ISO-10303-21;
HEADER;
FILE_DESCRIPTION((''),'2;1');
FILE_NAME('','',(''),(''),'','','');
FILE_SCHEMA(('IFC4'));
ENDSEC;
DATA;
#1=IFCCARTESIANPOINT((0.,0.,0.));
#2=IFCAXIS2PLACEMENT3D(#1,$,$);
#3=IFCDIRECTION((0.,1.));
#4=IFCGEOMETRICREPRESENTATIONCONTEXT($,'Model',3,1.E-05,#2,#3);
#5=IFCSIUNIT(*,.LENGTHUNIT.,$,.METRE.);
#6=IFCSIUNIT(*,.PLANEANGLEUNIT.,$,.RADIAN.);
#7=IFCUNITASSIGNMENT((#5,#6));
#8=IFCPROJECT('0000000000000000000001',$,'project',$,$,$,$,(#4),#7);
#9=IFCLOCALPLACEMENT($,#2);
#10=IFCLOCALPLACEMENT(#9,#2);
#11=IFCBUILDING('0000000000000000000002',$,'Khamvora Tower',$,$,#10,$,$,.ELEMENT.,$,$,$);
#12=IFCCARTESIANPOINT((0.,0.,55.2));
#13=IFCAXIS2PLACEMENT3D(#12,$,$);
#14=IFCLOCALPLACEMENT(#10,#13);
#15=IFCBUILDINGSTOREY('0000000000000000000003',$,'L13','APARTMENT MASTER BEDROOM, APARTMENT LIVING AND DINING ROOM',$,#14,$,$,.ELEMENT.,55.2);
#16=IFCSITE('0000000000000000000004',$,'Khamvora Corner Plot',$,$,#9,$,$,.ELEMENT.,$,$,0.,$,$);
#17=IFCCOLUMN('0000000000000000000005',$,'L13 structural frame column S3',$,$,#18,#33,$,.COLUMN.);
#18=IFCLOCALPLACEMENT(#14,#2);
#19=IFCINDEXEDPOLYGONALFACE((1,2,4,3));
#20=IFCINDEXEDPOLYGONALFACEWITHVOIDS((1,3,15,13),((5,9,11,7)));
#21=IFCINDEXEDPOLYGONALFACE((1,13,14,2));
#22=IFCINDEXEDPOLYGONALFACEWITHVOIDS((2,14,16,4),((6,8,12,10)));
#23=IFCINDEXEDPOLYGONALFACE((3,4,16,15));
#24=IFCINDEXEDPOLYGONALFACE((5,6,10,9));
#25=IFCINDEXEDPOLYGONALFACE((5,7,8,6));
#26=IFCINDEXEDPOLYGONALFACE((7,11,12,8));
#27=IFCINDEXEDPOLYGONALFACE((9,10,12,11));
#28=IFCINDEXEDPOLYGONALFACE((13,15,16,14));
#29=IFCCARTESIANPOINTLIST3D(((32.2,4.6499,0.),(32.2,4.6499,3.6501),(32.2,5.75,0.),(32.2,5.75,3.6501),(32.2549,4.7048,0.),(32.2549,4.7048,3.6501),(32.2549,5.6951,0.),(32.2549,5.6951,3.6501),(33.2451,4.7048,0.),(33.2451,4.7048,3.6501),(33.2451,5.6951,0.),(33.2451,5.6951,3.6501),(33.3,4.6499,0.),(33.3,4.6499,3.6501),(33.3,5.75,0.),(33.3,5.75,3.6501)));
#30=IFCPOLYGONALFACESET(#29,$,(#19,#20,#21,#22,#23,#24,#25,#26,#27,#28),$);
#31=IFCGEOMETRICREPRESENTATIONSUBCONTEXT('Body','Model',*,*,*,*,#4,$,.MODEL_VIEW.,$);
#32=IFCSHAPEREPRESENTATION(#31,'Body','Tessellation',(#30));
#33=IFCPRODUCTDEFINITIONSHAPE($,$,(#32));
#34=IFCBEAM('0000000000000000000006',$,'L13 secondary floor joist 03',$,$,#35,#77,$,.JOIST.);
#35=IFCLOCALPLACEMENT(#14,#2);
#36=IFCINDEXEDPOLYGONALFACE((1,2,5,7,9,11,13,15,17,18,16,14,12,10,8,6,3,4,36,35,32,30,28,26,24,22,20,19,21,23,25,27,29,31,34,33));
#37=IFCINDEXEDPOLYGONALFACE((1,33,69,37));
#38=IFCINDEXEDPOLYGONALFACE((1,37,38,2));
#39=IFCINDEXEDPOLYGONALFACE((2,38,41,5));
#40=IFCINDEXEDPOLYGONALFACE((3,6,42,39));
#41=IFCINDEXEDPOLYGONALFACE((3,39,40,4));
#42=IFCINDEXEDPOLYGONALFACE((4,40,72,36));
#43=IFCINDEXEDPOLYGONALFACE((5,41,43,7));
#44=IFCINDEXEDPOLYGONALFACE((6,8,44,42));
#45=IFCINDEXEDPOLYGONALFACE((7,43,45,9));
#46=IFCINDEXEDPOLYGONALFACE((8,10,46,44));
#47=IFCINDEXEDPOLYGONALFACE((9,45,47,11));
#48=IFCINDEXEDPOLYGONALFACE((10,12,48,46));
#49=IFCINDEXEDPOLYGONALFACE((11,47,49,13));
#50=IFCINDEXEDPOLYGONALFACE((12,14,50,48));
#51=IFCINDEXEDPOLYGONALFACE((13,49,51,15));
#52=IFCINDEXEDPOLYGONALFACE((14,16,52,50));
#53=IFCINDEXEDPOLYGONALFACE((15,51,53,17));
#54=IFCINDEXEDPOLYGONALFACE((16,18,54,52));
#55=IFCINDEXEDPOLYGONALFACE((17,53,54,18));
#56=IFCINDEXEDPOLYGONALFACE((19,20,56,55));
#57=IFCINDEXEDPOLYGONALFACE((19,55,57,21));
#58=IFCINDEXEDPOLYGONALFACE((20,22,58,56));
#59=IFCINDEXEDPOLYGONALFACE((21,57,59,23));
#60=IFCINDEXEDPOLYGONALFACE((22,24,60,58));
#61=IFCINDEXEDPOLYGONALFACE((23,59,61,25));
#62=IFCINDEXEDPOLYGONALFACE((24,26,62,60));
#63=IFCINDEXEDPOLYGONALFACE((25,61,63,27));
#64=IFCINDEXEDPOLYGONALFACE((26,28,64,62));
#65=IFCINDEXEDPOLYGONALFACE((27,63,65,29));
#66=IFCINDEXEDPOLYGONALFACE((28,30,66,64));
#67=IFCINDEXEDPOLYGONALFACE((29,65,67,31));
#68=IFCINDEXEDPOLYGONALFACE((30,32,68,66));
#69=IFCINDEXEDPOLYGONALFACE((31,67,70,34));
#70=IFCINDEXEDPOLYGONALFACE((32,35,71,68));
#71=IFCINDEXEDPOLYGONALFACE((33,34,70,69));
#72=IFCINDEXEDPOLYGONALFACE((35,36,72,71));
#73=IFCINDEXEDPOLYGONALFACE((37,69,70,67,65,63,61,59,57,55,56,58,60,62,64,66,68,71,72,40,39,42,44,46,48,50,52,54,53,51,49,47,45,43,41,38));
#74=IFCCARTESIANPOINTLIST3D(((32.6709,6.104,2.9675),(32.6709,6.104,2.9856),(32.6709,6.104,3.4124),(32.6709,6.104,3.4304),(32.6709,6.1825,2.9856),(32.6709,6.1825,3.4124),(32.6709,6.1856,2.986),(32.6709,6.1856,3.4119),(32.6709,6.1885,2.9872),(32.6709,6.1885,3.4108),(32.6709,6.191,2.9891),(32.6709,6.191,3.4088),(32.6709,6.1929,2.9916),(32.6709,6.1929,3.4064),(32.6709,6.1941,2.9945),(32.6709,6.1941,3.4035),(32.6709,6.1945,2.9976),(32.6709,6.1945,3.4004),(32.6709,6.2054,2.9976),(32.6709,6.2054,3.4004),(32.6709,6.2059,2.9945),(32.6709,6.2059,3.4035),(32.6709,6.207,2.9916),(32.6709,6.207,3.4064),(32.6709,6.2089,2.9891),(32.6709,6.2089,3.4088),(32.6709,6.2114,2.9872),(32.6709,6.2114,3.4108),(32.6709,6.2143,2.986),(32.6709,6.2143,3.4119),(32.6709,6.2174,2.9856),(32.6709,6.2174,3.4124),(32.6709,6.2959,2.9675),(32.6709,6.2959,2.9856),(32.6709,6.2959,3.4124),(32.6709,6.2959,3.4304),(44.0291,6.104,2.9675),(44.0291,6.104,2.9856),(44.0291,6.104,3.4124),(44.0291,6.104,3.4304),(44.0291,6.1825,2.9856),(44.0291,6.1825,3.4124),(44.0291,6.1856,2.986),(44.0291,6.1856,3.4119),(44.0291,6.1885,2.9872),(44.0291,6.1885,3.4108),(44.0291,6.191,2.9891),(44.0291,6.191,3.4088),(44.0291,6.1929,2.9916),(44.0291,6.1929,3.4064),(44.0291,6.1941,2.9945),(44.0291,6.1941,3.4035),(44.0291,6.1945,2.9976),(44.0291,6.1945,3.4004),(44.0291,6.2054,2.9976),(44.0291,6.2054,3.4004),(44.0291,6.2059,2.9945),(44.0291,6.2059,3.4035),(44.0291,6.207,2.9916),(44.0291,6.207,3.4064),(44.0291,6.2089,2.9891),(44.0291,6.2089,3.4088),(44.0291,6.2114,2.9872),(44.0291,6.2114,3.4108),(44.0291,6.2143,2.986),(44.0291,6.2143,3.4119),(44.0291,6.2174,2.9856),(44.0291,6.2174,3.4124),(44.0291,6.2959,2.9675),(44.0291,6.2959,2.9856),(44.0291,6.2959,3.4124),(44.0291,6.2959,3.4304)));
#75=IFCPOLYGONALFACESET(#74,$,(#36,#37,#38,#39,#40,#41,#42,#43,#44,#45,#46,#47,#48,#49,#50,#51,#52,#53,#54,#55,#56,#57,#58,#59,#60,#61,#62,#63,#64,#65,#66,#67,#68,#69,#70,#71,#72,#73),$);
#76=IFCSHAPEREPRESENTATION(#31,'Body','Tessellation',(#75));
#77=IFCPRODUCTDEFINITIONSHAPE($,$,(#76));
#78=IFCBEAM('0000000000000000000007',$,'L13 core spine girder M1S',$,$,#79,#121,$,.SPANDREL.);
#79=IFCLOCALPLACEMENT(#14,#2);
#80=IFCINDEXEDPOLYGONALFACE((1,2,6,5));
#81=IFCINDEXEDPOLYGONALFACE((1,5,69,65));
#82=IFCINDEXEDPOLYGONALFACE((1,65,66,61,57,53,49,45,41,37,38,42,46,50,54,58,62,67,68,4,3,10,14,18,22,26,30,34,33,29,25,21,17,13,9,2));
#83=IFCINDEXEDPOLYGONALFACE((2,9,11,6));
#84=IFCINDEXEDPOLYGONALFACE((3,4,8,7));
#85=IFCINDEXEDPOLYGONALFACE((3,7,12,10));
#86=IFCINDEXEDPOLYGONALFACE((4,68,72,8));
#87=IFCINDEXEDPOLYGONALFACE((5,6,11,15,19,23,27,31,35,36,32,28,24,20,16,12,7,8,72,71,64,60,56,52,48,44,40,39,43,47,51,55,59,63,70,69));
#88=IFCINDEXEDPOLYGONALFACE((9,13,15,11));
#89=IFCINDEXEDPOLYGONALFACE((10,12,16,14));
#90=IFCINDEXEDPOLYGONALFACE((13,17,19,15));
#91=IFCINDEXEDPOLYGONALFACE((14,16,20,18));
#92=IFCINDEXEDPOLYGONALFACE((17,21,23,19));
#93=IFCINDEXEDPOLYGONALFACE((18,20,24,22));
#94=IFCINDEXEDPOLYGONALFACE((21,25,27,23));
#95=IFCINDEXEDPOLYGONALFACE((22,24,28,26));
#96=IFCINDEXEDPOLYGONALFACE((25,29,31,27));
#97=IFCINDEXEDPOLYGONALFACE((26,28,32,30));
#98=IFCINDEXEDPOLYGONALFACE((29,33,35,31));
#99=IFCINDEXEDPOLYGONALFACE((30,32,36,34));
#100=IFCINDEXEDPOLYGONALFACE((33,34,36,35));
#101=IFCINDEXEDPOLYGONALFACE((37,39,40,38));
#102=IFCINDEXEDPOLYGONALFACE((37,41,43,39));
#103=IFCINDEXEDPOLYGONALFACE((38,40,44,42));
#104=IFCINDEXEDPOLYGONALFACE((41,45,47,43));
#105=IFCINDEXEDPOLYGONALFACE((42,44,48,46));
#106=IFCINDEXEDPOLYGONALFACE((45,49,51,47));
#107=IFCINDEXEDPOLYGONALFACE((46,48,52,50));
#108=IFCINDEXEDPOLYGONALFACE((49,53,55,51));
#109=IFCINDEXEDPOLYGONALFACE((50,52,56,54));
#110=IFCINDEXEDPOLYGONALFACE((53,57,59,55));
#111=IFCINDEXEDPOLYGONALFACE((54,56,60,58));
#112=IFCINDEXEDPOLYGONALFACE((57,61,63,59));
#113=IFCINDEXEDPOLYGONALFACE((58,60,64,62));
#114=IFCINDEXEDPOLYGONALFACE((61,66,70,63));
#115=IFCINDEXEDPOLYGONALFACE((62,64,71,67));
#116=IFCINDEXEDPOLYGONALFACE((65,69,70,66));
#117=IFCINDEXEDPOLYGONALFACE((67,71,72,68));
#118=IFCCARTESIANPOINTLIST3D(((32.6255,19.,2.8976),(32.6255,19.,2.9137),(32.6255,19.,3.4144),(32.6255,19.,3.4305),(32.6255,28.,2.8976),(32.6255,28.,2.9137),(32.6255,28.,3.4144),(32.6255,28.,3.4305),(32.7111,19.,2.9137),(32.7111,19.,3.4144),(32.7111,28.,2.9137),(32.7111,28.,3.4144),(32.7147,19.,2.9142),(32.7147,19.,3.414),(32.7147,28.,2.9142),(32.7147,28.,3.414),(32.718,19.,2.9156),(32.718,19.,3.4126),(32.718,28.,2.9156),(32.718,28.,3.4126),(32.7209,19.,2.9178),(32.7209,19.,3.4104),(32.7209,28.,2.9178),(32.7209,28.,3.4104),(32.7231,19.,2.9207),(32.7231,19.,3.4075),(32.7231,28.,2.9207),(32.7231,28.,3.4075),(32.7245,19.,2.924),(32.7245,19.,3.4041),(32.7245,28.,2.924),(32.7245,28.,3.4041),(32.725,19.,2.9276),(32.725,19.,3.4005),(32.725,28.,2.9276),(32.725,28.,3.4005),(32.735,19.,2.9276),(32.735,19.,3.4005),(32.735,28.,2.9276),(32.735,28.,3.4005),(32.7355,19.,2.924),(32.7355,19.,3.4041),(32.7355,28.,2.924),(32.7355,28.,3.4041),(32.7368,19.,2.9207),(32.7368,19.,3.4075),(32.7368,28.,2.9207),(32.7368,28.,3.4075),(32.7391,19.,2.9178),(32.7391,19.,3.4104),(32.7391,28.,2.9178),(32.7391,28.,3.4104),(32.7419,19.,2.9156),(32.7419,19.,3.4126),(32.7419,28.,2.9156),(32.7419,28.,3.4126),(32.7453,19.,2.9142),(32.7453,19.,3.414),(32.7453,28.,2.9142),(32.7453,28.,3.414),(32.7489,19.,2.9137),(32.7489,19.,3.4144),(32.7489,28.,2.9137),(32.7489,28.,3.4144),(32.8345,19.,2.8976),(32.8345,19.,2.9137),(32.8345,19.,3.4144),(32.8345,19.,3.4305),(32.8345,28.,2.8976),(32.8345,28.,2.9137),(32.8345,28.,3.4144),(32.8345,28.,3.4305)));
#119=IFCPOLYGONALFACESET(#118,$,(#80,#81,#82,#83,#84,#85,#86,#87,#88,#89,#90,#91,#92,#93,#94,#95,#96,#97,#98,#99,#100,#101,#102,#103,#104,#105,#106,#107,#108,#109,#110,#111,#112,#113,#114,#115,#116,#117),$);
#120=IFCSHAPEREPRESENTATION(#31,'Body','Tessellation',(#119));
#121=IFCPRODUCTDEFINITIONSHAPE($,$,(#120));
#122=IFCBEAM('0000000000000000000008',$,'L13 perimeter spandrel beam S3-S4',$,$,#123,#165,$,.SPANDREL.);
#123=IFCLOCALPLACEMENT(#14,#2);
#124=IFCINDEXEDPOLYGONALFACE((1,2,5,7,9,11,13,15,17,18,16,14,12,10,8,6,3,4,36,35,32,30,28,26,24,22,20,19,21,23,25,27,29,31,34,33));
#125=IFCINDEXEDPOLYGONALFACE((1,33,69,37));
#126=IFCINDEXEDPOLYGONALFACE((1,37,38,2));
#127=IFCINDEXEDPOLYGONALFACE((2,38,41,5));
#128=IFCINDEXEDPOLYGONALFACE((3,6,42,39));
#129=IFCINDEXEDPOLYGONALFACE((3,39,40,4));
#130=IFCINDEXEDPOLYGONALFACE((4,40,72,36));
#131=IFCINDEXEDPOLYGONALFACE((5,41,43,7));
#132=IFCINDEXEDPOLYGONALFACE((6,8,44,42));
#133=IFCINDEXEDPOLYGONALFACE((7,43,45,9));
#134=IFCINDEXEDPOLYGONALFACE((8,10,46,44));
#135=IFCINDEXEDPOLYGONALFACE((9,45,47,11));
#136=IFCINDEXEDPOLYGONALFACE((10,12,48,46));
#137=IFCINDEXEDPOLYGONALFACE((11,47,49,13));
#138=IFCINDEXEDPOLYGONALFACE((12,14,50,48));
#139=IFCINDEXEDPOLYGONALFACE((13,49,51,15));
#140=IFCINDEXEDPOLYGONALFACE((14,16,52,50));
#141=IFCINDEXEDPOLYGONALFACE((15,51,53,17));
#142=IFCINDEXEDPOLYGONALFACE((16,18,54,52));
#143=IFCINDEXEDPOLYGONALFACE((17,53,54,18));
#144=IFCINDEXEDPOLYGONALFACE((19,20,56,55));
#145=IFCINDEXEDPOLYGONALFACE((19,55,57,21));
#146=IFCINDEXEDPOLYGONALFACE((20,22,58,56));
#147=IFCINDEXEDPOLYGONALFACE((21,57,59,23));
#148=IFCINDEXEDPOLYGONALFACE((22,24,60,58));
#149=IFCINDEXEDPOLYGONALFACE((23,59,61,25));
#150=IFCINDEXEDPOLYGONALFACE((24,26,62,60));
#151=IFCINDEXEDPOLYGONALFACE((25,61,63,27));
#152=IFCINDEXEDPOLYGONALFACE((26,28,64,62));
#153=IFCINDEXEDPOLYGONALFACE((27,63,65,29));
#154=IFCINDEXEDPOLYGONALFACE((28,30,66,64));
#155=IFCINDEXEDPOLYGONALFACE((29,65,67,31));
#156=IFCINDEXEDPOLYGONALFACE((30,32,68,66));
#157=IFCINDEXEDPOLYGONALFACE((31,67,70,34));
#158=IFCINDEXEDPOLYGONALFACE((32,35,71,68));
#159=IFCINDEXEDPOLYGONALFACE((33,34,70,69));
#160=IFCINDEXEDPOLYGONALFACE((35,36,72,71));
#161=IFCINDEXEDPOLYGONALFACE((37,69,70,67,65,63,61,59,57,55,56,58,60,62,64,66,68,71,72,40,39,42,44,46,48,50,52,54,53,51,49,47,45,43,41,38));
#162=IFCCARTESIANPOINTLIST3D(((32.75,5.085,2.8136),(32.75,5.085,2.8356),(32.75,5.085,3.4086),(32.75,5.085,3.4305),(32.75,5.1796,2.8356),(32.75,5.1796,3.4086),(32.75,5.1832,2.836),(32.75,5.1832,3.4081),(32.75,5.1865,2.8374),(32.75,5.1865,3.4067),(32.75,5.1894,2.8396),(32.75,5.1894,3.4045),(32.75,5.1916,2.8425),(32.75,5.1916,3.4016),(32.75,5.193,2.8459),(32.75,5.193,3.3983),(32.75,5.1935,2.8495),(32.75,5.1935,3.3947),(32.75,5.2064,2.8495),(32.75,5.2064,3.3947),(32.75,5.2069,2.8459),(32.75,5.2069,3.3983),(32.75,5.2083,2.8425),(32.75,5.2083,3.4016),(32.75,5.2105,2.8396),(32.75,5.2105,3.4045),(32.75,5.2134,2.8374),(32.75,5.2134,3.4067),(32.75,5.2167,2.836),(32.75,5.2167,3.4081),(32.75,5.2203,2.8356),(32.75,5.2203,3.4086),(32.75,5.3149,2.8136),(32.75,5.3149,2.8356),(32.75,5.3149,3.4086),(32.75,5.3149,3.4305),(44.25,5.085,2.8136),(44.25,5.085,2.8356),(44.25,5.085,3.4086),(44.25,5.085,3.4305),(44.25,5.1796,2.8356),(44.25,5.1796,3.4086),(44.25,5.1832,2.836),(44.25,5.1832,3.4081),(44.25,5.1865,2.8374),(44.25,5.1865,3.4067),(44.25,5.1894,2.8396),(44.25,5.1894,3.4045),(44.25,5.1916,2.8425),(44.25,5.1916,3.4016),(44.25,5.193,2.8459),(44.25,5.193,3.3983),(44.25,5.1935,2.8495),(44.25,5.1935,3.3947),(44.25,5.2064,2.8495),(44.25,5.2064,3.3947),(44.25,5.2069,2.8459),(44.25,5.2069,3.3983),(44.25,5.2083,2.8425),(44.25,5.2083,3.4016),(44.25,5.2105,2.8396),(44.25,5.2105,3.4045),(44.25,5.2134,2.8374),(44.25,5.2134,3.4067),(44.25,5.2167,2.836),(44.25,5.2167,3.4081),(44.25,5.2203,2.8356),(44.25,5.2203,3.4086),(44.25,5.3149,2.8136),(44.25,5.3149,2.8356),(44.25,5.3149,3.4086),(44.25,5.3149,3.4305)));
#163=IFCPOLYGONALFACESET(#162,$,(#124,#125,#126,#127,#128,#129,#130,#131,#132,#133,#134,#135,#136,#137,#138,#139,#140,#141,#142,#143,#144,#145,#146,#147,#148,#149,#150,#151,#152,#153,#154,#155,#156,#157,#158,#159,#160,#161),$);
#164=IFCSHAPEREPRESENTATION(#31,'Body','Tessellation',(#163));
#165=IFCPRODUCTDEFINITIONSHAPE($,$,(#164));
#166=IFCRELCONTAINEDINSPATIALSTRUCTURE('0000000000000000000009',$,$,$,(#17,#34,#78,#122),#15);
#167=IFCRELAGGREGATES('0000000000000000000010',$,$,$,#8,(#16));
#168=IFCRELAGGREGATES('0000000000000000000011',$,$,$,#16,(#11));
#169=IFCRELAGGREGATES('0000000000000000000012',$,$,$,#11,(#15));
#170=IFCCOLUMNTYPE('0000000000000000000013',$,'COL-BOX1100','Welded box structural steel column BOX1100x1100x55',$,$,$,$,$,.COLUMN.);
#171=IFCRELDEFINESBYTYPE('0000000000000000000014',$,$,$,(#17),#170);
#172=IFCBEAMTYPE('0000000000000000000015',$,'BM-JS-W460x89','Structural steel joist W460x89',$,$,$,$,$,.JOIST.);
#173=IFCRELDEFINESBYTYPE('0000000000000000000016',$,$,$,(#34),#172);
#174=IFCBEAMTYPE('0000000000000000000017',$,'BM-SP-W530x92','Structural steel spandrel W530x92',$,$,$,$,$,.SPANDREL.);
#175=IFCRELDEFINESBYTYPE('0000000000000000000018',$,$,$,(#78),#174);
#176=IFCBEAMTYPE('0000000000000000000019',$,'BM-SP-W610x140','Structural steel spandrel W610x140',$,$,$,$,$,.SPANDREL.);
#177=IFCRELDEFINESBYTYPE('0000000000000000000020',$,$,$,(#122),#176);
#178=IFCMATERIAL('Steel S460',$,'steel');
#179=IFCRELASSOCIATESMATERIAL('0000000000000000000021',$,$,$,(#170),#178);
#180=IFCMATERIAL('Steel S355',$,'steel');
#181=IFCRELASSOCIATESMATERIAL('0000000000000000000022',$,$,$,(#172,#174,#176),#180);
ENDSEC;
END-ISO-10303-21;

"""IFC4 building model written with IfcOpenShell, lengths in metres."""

from ifc_helpers import new_model, si_unit, direction, frame, origin, origin_2d, place, context, subcontext, project, spatial, hollow_rectangle, i_section, extrude, material, material_profile, profile_set, type_object, element, save


model = new_model("IFC4")

# Units and contexts
model_context = context("Model", 3, precision=1e-05, world=origin(), true_north=direction((0.0, 1.0)))
body_context = subcontext(model_context, "Body", "Model", "MODEL_VIEW")
ifc_project = project(units=[si_unit("LENGTHUNIT", "METRE"), si_unit("PLANEANGLEUNIT", "RADIAN")], contexts=[model_context])

# Site, building, storey
site_placement = place(None, origin())
site = spatial("IfcSite", under=ifc_project, at=site_placement, Name="Khamvora Corner Plot", CompositionType="ELEMENT", RefElevation=0.0)
building_placement = place(site_placement, origin())
building = spatial("IfcBuilding", under=site, at=building_placement, Name="Khamvora Tower", CompositionType="ELEMENT")
storey_placement = place(building_placement, frame((0.0, 0.0, 55.2)))
storey = spatial("IfcBuildingStorey", under=building, at=storey_placement, Name="L13", Description="APARTMENT MASTER BEDROOM, APARTMENT LIVING AND DINING ROOM", CompositionType="ELEMENT", Elevation=55.2)

# Column
ifc_material_1 = material(Name="Steel S460", Category="steel")
ifc_material_profile_1 = material_profile(ifc_material_1, hollow_rectangle(XDim=1.1001, YDim=1.1001, WallThickness=0.0549, at=origin_2d()), Name="BOX1100x1100x55")
ifc_profile_set_1 = profile_set([ifc_material_profile_1], Name="Steel S460")
column_type = type_object("IfcColumnType", Name="COL-BOX1100", Description="Welded box structural steel column BOX1100x1100x55", PredefinedType="COLUMN", material=ifc_profile_set_1)
column_placement = place(storey_placement, frame((32.75, 5.2, 0.0), z_axis=(0.0, 0.0, 1.0), x_axis=(1.0, 0.0, 0.0)))
element("IfcColumn", 1, at=column_placement, inside=storey, type_object=column_type, Name="L13 structural frame column S3", PredefinedType="COLUMN", context=body_context, shape_type="SweptSolid", body=[
    extrude(hollow_rectangle(XDim=1.1001, YDim=1.1001, WallThickness=0.0549, at=origin_2d()), origin(), (0.0, 0.0, 1.0), 3.6501),
])

# Beams
ifc_material_2 = material(Name="Steel S355", Category="steel")
ifc_material_profile_2 = material_profile(ifc_material_2, i_section(OverallWidth=0.1919, OverallDepth=0.4629, WebThickness=0.011, FlangeThickness=0.0181, FilletRadius=0.012, at=origin_2d()), Name="W460x89")
ifc_profile_set_2 = profile_set([ifc_material_profile_2], Name="Steel S355")
beam_type_1 = type_object("IfcBeamType", Name="BM-JS-W460x89", Description="Structural steel joist W460x89", PredefinedType="JOIST", material=ifc_profile_set_2)
beam_1_placement = place(storey_placement, frame((32.6709, 6.2, 3.199), z_axis=(1.0, 0.0, 0.0), x_axis=(0.0, 1.0, 0.0)))
element("IfcBeam", 2, at=beam_1_placement, inside=storey, type_object=beam_type_1, Name="L13 secondary floor joist 03", PredefinedType="JOIST", context=body_context, shape_type="SweptSolid", body=[
    extrude(i_section(OverallWidth=0.1919, OverallDepth=0.4629, WebThickness=0.011, FlangeThickness=0.0181, FilletRadius=0.012, at=origin_2d()), origin(), (0.0, 0.0, 1.0), 11.3582),
])
ifc_material_profile_3 = material_profile(ifc_material_2, i_section(OverallWidth=0.209, OverallDepth=0.533, WebThickness=0.01, FlangeThickness=0.0161, FilletRadius=0.0139, at=origin_2d()), Name="W530x92")
ifc_profile_set_3 = profile_set([ifc_material_profile_3], Name="Steel S355")
beam_type_2 = type_object("IfcBeamType", Name="BM-SP-W530x92", Description="Structural steel spandrel W530x92", PredefinedType="SPANDREL", material=ifc_profile_set_3)
beam_2_placement = place(storey_placement, frame((32.73, 19.0, 3.1641), z_axis=(0.0, 1.0, 0.0), x_axis=(-1.0, 0.0, 0.0)))
element("IfcBeam", 3, at=beam_2_placement, inside=storey, type_object=beam_type_2, Name="L13 core spine girder M1S", PredefinedType="SPANDREL", context=body_context, shape_type="SweptSolid", body=[
    extrude(i_section(OverallWidth=0.209, OverallDepth=0.533, WebThickness=0.01, FlangeThickness=0.0161, FilletRadius=0.0139, at=origin_2d()), origin(), (0.0, 0.0, 1.0), 9.0),
])
ifc_material_profile_4 = material_profile(ifc_material_2, i_section(OverallWidth=0.23, OverallDepth=0.6169, WebThickness=0.0129, FlangeThickness=0.022, FilletRadius=0.0139, at=origin_2d()), Name="W610x140")
ifc_profile_set_4 = profile_set([ifc_material_profile_4], Name="Steel S355")
beam_type_3 = type_object("IfcBeamType", Name="BM-SP-W610x140", Description="Structural steel spandrel W610x140", PredefinedType="SPANDREL", material=ifc_profile_set_4)
beam_3_placement = place(storey_placement, frame((32.75, 5.2, 3.1221), z_axis=(1.0, 0.0, 0.0), x_axis=(0.0, 1.0, 0.0)))
element("IfcBeam", 4, at=beam_3_placement, inside=storey, type_object=beam_type_3, Name="L13 perimeter spandrel beam S3-S4", PredefinedType="SPANDREL", context=body_context, shape_type="SweptSolid", body=[
    extrude(i_section(OverallWidth=0.23, OverallDepth=0.6169, WebThickness=0.0129, FlangeThickness=0.022, FilletRadius=0.0139, at=origin_2d()), origin(), (0.0, 0.0, 1.0), 11.5),
])

save(model, "model.ifc")
